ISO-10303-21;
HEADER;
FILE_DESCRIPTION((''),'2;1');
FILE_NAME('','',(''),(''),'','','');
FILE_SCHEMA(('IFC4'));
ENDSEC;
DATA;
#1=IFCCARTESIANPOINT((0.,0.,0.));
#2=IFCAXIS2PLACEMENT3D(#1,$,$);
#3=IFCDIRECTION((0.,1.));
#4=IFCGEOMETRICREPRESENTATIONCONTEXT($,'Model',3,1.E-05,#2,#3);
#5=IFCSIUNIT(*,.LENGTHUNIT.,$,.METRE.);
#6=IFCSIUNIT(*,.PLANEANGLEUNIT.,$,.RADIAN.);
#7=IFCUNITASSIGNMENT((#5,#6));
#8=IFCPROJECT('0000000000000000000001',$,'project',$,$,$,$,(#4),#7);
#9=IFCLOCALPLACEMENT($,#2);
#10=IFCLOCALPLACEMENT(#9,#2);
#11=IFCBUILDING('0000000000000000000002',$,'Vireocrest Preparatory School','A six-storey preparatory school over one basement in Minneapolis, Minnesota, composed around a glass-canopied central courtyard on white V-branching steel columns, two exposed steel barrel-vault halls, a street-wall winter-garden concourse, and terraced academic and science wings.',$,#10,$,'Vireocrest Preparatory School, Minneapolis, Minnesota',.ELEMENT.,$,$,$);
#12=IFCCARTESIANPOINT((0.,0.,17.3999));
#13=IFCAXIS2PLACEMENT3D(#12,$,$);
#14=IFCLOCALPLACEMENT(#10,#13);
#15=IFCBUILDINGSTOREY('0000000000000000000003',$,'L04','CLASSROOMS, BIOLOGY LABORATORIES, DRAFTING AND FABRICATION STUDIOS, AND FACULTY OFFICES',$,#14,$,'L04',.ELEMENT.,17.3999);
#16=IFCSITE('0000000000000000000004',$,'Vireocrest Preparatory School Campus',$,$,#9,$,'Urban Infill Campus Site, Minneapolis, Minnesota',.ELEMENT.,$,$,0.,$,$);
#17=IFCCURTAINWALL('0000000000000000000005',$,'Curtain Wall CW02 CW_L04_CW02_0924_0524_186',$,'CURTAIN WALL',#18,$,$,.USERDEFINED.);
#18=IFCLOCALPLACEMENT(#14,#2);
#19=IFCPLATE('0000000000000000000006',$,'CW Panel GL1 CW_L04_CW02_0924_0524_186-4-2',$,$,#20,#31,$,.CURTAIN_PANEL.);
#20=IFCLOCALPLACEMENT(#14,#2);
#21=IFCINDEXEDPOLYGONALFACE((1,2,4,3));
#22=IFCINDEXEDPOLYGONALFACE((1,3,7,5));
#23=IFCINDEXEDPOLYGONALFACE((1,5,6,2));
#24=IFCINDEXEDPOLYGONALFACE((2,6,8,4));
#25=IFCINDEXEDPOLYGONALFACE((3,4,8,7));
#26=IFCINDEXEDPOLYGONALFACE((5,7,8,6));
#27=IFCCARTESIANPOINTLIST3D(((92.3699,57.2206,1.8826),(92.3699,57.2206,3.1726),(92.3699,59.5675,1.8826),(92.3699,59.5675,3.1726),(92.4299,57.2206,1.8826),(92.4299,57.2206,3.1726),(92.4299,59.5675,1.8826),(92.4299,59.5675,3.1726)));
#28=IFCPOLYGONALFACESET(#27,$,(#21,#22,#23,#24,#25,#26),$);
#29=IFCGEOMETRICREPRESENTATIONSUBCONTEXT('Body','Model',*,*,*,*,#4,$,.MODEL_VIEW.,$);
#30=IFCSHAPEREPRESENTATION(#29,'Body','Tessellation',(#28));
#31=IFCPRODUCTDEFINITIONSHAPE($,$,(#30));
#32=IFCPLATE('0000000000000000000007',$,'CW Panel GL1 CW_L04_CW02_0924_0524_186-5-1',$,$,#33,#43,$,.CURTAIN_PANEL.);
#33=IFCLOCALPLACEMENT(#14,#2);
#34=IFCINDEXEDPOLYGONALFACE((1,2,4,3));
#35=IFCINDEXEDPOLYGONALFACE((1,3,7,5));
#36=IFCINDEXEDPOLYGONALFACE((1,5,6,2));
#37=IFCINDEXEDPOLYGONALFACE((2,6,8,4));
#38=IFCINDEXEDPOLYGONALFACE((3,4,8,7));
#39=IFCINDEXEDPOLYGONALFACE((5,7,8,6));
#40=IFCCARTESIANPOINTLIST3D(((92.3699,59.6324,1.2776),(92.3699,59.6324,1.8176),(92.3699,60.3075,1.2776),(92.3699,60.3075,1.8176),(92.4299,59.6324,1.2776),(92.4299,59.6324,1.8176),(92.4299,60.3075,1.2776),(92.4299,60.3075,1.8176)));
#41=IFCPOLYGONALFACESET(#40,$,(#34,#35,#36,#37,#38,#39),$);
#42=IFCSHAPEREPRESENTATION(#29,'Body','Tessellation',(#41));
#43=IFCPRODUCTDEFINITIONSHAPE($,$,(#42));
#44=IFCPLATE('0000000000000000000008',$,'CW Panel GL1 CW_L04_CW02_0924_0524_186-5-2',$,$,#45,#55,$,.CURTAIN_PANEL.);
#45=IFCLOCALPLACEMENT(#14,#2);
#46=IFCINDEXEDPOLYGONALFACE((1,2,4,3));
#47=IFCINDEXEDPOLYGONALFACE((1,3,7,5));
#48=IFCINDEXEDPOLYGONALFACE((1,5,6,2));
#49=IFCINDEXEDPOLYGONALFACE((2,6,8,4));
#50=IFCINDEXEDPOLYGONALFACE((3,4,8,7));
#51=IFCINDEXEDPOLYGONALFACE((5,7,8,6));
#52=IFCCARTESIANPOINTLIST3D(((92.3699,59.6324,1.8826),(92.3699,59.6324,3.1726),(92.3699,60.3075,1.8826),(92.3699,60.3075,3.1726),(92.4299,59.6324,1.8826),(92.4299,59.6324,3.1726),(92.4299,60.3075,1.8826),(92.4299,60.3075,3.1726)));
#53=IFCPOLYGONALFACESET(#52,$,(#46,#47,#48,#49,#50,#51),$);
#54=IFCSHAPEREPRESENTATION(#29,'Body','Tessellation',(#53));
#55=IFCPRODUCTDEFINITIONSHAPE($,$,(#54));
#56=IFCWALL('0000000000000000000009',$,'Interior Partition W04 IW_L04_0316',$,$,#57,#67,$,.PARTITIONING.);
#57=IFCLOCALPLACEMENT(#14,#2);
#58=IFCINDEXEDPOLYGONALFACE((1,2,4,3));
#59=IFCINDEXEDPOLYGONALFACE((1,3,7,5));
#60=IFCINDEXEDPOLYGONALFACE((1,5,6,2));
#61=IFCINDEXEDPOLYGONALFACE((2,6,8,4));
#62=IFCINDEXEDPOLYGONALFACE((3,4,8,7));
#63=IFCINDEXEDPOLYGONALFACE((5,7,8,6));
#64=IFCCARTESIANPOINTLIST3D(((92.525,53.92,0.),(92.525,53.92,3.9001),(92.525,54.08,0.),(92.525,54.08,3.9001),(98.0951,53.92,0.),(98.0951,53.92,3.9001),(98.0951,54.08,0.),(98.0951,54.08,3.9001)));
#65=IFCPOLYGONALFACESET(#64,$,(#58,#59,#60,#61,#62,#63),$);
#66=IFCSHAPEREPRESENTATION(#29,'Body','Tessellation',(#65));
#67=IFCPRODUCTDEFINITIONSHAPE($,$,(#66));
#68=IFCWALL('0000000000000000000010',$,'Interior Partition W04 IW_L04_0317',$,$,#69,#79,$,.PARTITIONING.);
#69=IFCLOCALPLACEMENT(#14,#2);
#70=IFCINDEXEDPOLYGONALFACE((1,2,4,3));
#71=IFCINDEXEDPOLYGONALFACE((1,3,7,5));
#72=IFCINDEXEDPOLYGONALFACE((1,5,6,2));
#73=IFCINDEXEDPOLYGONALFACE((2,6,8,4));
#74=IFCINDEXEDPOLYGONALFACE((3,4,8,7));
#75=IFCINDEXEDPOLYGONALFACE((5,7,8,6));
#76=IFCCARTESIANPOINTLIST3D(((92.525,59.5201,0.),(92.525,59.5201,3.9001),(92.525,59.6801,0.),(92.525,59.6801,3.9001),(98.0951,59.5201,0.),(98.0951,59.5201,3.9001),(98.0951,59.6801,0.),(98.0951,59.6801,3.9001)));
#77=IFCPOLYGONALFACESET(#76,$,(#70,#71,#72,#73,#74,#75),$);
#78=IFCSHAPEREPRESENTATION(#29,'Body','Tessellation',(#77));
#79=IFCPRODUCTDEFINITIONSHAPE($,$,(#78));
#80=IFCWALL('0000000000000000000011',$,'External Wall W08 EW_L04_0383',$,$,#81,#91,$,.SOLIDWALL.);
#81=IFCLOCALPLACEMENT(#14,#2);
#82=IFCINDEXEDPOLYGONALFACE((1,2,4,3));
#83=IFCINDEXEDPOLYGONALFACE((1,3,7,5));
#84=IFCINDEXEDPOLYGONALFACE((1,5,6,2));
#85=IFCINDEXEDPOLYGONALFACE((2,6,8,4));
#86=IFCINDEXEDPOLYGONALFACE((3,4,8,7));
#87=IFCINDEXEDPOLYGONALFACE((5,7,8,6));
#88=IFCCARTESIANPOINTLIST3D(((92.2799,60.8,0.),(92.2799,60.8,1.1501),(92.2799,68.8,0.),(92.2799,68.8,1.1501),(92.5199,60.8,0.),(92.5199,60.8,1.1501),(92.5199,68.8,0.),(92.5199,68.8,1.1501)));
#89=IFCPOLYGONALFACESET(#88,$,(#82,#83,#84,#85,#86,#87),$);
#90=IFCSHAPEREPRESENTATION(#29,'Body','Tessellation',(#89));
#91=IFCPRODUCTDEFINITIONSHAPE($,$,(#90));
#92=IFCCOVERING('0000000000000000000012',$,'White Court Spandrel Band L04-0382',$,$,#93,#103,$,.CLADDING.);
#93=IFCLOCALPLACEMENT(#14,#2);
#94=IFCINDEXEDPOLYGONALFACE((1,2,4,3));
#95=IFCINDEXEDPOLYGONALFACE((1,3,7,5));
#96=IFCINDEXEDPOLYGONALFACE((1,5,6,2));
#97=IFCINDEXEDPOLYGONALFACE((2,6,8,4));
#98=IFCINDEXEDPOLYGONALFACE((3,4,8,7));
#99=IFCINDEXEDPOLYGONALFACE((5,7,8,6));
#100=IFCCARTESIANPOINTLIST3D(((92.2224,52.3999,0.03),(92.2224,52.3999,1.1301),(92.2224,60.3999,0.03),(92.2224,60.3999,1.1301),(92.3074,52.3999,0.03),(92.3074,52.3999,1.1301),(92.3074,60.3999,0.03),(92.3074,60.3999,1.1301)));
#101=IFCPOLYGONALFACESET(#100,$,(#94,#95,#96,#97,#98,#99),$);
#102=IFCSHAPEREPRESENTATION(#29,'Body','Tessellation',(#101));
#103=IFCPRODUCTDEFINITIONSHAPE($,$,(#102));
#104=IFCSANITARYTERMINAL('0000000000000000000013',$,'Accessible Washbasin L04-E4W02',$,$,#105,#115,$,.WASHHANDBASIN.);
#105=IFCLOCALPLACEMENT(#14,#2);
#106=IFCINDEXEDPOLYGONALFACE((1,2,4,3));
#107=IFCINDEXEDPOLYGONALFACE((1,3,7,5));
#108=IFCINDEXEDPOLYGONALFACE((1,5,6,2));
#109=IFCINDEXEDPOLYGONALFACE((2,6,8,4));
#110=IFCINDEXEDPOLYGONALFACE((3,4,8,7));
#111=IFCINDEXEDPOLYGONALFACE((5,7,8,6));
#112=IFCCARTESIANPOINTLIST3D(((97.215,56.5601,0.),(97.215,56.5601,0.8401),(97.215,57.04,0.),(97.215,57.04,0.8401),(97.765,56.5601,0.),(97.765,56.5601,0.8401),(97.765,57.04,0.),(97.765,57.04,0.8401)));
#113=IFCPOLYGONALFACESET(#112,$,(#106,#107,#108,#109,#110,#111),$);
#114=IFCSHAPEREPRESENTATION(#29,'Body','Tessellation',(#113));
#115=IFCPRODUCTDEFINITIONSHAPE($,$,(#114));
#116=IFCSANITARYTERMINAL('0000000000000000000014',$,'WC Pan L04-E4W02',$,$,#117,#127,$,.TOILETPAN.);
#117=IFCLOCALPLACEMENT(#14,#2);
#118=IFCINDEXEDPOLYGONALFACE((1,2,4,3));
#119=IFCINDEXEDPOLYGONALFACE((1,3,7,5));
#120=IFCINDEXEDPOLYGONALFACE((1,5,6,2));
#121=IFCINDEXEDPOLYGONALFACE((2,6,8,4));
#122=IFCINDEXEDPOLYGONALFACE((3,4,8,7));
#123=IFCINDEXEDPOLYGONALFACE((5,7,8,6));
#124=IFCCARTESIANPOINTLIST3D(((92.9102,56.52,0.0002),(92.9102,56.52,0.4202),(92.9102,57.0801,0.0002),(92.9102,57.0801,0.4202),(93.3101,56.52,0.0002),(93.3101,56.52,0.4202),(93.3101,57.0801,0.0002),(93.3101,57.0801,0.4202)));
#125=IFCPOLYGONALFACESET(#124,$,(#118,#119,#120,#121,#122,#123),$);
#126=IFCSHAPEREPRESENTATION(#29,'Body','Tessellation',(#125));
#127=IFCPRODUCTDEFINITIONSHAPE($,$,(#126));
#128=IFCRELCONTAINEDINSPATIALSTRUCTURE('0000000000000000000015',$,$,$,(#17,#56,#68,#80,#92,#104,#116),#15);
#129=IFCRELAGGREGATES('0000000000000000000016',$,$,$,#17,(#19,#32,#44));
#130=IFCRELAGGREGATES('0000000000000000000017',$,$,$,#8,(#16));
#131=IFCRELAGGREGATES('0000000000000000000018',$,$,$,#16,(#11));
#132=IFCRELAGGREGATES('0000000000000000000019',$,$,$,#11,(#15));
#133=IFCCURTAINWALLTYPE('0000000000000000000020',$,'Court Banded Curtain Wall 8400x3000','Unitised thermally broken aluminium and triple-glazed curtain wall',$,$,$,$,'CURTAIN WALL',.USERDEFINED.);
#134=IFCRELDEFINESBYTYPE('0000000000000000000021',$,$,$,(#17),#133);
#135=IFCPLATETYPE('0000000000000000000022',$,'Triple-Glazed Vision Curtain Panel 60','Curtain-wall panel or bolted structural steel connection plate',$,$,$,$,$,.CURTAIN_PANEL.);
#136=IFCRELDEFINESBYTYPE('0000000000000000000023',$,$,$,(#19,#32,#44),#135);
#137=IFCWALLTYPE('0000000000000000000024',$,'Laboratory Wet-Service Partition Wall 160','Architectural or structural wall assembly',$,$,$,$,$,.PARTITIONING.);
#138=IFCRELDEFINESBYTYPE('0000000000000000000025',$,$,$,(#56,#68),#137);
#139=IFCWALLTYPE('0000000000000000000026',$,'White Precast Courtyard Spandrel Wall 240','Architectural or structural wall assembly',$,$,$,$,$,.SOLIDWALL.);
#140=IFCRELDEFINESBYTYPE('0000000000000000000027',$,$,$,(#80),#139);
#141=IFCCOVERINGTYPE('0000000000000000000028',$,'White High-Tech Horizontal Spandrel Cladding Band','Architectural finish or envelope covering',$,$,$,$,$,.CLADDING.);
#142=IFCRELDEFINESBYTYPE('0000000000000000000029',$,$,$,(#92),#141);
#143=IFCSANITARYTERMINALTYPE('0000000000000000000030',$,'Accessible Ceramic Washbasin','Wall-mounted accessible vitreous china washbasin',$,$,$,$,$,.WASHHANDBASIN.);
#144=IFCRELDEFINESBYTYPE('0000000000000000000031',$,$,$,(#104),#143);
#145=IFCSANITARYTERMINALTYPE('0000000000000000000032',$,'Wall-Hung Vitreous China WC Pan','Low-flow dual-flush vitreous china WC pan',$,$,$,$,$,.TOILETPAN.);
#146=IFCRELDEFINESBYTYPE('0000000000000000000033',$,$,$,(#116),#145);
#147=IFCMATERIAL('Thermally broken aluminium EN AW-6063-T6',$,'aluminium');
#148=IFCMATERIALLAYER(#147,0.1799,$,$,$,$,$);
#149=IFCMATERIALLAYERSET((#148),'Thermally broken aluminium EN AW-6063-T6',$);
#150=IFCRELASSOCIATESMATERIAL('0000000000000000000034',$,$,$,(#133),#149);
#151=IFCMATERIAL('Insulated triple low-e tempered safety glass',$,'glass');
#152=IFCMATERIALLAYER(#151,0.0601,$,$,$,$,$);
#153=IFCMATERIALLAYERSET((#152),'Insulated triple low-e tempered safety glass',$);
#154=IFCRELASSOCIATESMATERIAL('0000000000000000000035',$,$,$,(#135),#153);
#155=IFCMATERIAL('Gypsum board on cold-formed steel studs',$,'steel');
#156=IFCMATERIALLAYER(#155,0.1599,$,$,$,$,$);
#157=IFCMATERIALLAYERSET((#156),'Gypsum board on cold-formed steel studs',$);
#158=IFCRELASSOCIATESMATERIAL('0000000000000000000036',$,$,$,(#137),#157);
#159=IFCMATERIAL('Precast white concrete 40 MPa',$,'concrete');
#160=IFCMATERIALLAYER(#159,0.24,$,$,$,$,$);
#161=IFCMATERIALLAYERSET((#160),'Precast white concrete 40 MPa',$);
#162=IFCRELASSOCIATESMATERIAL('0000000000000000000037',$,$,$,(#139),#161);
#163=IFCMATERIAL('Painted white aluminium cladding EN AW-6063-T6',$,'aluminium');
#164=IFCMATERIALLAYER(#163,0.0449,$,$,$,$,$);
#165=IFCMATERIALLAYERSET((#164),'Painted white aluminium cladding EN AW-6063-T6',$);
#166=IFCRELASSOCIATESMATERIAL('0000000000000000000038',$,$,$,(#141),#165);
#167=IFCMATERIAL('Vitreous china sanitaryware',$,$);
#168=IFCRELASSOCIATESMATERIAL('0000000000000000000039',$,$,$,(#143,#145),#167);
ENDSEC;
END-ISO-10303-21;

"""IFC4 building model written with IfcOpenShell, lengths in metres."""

from ifc_helpers import new_model, si_unit, direction, frame, frame_2d, origin, origin_2d, place, context, subcontext, project, spatial, rectangle, extrude, material, layer, layer_set, type_object, element, aggregate, save


model = new_model("IFC4")

# Units and contexts
model_context = context("Model", 3, precision=1e-05, world=origin(), true_north=direction((0.0, 1.0)))
body_context = subcontext(model_context, "Body", "Model", "MODEL_VIEW")
ifc_project = project(units=[si_unit("LENGTHUNIT", "METRE"), si_unit("PLANEANGLEUNIT", "RADIAN")], contexts=[model_context])

# Site, building, storey
site_placement = place(None, origin())
site = spatial("IfcSite", under=ifc_project, at=site_placement, Name="Vireocrest Preparatory School Campus", LongName="Urban Infill Campus Site, Minneapolis, Minnesota", CompositionType="ELEMENT", RefElevation=0.0)
building_placement = place(site_placement, origin())
building = spatial("IfcBuilding", under=site, at=building_placement, Name="Vireocrest Preparatory School", Description="A six-storey preparatory school over one basement in Minneapolis, Minnesota, composed around a glass-canopied central courtyard on white V-branching steel columns, two exposed steel barrel-vault halls, a street-wall winter-garden concourse, and terraced academic and science wings.", LongName="Vireocrest Preparatory School, Minneapolis, Minnesota", CompositionType="ELEMENT")
storey_placement = place(building_placement, frame((0.0, 0.0, 17.3999)))
storey = spatial("IfcBuildingStorey", under=building, at=storey_placement, Name="L04", Description="CLASSROOMS, BIOLOGY LABORATORIES, DRAFTING AND FABRICATION STUDIOS, AND FACULTY OFFICES", LongName="L04", CompositionType="ELEMENT", Elevation=17.3999)

# Curtain wall
ifc_material_1 = material(Name="Thermally broken aluminium EN AW-6063-T6", Category="aluminium")
ifc_layer_1 = layer(ifc_material_1, 0.1799)
ifc_layer_set_1 = layer_set([ifc_layer_1], Name="Thermally broken aluminium EN AW-6063-T6")
curtain_wall_type = type_object("IfcCurtainWallType", Name="Court Banded Curtain Wall 8400x3000", Description="Unitised thermally broken aluminium and triple-glazed curtain wall", ElementType="CURTAIN WALL", PredefinedType="USERDEFINED", material=ifc_layer_set_1)
curtain_wall_1_placement = place(storey_placement, origin())
curtain_wall_1 = element("IfcCurtainWall", 1, at=curtain_wall_1_placement, inside=storey, type_object=curtain_wall_type, Name="Curtain Wall CW02 CW_L04_CW02_0924_0524_186", ObjectType="CURTAIN WALL", PredefinedType="USERDEFINED")

# Plates
ifc_material_2 = material(Name="Insulated triple low-e tempered safety glass", Category="glass")
ifc_layer_2 = layer(ifc_material_2, 0.0601)
ifc_layer_set_2 = layer_set([ifc_layer_2], Name="Insulated triple low-e tempered safety glass")
plate_type = type_object("IfcPlateType", Name="Triple-Glazed Vision Curtain Panel 60", Description="Curtain-wall panel or bolted structural steel connection plate", PredefinedType="CURTAIN_PANEL", material=ifc_layer_set_2)
plate_1_placement = place(storey_placement, frame((92.3999, 58.394, 1.8826), z_axis=(0.0, 0.0, 1.0), x_axis=(0.0, 1.0, 0.0)))
plate_1 = element("IfcPlate", 2, at=plate_1_placement, type_object=plate_type, Name="CW Panel GL1 CW_L04_CW02_0924_0524_186-4-2", PredefinedType="CURTAIN_PANEL", context=body_context, shape_type="SweptSolid", body=[
    extrude(rectangle(XDim=2.3469, YDim=0.0601, at=origin_2d()), origin(), (0.0, 0.0, 1.0), 1.29),
])
plate_2_placement = place(storey_placement, frame((92.3999, 59.97, 1.2776), z_axis=(0.0, 0.0, 1.0), x_axis=(0.0, 1.0, 0.0)))
plate_2 = element("IfcPlate", 3, at=plate_2_placement, type_object=plate_type, Name="CW Panel GL1 CW_L04_CW02_0924_0524_186-5-1", PredefinedType="CURTAIN_PANEL", context=body_context, shape_type="SweptSolid", body=[
    extrude(rectangle(XDim=0.675, YDim=0.0601, at=origin_2d()), origin(), (0.0, 0.0, 1.0), 0.54),
])
plate_3_placement = place(storey_placement, frame((92.3999, 59.97, 1.8826), z_axis=(0.0, 0.0, 1.0), x_axis=(0.0, 1.0, 0.0)))
plate_3 = element("IfcPlate", 4, at=plate_3_placement, type_object=plate_type, Name="CW Panel GL1 CW_L04_CW02_0924_0524_186-5-2", PredefinedType="CURTAIN_PANEL", context=body_context, shape_type="SweptSolid", body=[
    extrude(rectangle(XDim=0.675, YDim=0.0601, at=origin_2d()), origin(), (0.0, 0.0, 1.0), 1.29),
])
aggregate(curtain_wall_1, [plate_1, plate_2, plate_3])

# Walls
ifc_material_3 = material(Name="Gypsum board on cold-formed steel studs", Category="steel")
ifc_layer_3 = layer(ifc_material_3, 0.1599)
ifc_layer_set_3 = layer_set([ifc_layer_3], Name="Gypsum board on cold-formed steel studs")
wall_type_1 = type_object("IfcWallType", Name="Laboratory Wet-Service Partition Wall 160", Description="Architectural or structural wall assembly", PredefinedType="PARTITIONING", material=ifc_layer_set_3)
for number, where, z_axis, x_axis, name in (
    (5, (92.5249, 54.0, 0.0), (0.0, 0.0, 1.0), (1.0, 0.0, 0.0), "Interior Partition W04 IW_L04_0316"),
    (6, (92.5249, 59.6001, 0.0), (0.0, 0.0, 1.0), (1.0, 0.0, 0.0), "Interior Partition W04 IW_L04_0317"),
):
    element("IfcWall", number, at=place(storey_placement, frame(where, z_axis=z_axis, x_axis=x_axis)), inside=storey, type_object=wall_type_1, Name=name, PredefinedType="PARTITIONING", context=body_context, shape_type="SweptSolid", body=[
        extrude(rectangle(XDim=5.5701, YDim=0.1599, at=frame_2d((2.7852, 0.0))), origin(), (0.0, 0.0, 1.0), 3.9001),
    ])
ifc_material_4 = material(Name="Precast white concrete 40 MPa", Category="concrete")
ifc_layer_4 = layer(ifc_material_4, 0.24)
ifc_layer_set_4 = layer_set([ifc_layer_4], Name="Precast white concrete 40 MPa")
wall_type_2 = type_object("IfcWallType", Name="White Precast Courtyard Spandrel Wall 240", Description="Architectural or structural wall assembly", PredefinedType="SOLIDWALL", material=ifc_layer_set_4)
wall_placement = place(storey_placement, frame((92.3999, 60.8, 0.0), z_axis=(0.0, 0.0, 1.0), x_axis=(0.0, 1.0, 0.0)))
element("IfcWall", 7, at=wall_placement, inside=storey, type_object=wall_type_2, Name="External Wall W08 EW_L04_0383", PredefinedType="SOLIDWALL", context=body_context, shape_type="SweptSolid", body=[
    extrude(rectangle(XDim=8.0, YDim=0.24, at=frame_2d((4.0, 0.0))), origin(), (0.0, 0.0, 1.0), 1.1501),
])

# Covering
ifc_material_5 = material(Name="Painted white aluminium cladding EN AW-6063-T6", Category="aluminium")
ifc_layer_5 = layer(ifc_material_5, 0.0449)
ifc_layer_set_5 = layer_set([ifc_layer_5], Name="Painted white aluminium cladding EN AW-6063-T6")
covering_type = type_object("IfcCoveringType", Name="White High-Tech Horizontal Spandrel Cladding Band", Description="Architectural finish or envelope covering", PredefinedType="CLADDING", material=ifc_layer_set_5)
covering_placement = place(storey_placement, frame((92.2649, 56.3999, 0.03), z_axis=(0.0, 0.0, 1.0), x_axis=(1.0, 0.0, 0.0)))
element("IfcCovering", 8, at=covering_placement, inside=storey, type_object=covering_type, Name="White Court Spandrel Band L04-0382", PredefinedType="CLADDING", context=body_context, shape_type="SweptSolid", body=[
    extrude(rectangle(XDim=0.085, YDim=8.0, at=origin_2d()), origin(), (0.0, 0.0, 1.0), 1.1001),
])

# Sanitary terminals
ifc_material_6 = material(Name="Vitreous china sanitaryware")
sanitary_terminal_type_1 = type_object("IfcSanitaryTerminalType", Name="Accessible Ceramic Washbasin", Description="Wall-mounted accessible vitreous china washbasin", PredefinedType="WASHHANDBASIN", material=ifc_material_6)
sanitary_terminal_1_placement = place(storey_placement, frame((97.49, 56.8, 0.0), z_axis=(0.0, 0.0, 1.0), x_axis=(1.0, 0.0, 0.0)))
element("IfcSanitaryTerminal", 9, at=sanitary_terminal_1_placement, inside=storey, type_object=sanitary_terminal_type_1, Name="Accessible Washbasin L04-E4W02", PredefinedType="WASHHANDBASIN", context=body_context, shape_type="SweptSolid", body=[
    extrude(rectangle(XDim=0.55, YDim=0.48, at=origin_2d()), origin(), (0.0, 0.0, 1.0), 0.8401),
])
sanitary_terminal_type_2 = type_object("IfcSanitaryTerminalType", Name="Wall-Hung Vitreous China WC Pan", Description="Low-flow dual-flush vitreous china WC pan", PredefinedType="TOILETPAN", material=ifc_material_6)
sanitary_terminal_2_placement = place(storey_placement, frame((93.1101, 56.8, 0.0002), z_axis=(0.0, 0.0, 1.0), x_axis=(1.0, 0.0, 0.0)))
element("IfcSanitaryTerminal", 10, at=sanitary_terminal_2_placement, inside=storey, type_object=sanitary_terminal_type_2, Name="WC Pan L04-E4W02", PredefinedType="TOILETPAN", context=body_context, shape_type="SweptSolid", body=[
    extrude(rectangle(XDim=0.3999, YDim=0.5601, at=origin_2d()), origin(), (0.0, 0.0, 1.0), 0.4199),
])

save(model, "model.ifc")
